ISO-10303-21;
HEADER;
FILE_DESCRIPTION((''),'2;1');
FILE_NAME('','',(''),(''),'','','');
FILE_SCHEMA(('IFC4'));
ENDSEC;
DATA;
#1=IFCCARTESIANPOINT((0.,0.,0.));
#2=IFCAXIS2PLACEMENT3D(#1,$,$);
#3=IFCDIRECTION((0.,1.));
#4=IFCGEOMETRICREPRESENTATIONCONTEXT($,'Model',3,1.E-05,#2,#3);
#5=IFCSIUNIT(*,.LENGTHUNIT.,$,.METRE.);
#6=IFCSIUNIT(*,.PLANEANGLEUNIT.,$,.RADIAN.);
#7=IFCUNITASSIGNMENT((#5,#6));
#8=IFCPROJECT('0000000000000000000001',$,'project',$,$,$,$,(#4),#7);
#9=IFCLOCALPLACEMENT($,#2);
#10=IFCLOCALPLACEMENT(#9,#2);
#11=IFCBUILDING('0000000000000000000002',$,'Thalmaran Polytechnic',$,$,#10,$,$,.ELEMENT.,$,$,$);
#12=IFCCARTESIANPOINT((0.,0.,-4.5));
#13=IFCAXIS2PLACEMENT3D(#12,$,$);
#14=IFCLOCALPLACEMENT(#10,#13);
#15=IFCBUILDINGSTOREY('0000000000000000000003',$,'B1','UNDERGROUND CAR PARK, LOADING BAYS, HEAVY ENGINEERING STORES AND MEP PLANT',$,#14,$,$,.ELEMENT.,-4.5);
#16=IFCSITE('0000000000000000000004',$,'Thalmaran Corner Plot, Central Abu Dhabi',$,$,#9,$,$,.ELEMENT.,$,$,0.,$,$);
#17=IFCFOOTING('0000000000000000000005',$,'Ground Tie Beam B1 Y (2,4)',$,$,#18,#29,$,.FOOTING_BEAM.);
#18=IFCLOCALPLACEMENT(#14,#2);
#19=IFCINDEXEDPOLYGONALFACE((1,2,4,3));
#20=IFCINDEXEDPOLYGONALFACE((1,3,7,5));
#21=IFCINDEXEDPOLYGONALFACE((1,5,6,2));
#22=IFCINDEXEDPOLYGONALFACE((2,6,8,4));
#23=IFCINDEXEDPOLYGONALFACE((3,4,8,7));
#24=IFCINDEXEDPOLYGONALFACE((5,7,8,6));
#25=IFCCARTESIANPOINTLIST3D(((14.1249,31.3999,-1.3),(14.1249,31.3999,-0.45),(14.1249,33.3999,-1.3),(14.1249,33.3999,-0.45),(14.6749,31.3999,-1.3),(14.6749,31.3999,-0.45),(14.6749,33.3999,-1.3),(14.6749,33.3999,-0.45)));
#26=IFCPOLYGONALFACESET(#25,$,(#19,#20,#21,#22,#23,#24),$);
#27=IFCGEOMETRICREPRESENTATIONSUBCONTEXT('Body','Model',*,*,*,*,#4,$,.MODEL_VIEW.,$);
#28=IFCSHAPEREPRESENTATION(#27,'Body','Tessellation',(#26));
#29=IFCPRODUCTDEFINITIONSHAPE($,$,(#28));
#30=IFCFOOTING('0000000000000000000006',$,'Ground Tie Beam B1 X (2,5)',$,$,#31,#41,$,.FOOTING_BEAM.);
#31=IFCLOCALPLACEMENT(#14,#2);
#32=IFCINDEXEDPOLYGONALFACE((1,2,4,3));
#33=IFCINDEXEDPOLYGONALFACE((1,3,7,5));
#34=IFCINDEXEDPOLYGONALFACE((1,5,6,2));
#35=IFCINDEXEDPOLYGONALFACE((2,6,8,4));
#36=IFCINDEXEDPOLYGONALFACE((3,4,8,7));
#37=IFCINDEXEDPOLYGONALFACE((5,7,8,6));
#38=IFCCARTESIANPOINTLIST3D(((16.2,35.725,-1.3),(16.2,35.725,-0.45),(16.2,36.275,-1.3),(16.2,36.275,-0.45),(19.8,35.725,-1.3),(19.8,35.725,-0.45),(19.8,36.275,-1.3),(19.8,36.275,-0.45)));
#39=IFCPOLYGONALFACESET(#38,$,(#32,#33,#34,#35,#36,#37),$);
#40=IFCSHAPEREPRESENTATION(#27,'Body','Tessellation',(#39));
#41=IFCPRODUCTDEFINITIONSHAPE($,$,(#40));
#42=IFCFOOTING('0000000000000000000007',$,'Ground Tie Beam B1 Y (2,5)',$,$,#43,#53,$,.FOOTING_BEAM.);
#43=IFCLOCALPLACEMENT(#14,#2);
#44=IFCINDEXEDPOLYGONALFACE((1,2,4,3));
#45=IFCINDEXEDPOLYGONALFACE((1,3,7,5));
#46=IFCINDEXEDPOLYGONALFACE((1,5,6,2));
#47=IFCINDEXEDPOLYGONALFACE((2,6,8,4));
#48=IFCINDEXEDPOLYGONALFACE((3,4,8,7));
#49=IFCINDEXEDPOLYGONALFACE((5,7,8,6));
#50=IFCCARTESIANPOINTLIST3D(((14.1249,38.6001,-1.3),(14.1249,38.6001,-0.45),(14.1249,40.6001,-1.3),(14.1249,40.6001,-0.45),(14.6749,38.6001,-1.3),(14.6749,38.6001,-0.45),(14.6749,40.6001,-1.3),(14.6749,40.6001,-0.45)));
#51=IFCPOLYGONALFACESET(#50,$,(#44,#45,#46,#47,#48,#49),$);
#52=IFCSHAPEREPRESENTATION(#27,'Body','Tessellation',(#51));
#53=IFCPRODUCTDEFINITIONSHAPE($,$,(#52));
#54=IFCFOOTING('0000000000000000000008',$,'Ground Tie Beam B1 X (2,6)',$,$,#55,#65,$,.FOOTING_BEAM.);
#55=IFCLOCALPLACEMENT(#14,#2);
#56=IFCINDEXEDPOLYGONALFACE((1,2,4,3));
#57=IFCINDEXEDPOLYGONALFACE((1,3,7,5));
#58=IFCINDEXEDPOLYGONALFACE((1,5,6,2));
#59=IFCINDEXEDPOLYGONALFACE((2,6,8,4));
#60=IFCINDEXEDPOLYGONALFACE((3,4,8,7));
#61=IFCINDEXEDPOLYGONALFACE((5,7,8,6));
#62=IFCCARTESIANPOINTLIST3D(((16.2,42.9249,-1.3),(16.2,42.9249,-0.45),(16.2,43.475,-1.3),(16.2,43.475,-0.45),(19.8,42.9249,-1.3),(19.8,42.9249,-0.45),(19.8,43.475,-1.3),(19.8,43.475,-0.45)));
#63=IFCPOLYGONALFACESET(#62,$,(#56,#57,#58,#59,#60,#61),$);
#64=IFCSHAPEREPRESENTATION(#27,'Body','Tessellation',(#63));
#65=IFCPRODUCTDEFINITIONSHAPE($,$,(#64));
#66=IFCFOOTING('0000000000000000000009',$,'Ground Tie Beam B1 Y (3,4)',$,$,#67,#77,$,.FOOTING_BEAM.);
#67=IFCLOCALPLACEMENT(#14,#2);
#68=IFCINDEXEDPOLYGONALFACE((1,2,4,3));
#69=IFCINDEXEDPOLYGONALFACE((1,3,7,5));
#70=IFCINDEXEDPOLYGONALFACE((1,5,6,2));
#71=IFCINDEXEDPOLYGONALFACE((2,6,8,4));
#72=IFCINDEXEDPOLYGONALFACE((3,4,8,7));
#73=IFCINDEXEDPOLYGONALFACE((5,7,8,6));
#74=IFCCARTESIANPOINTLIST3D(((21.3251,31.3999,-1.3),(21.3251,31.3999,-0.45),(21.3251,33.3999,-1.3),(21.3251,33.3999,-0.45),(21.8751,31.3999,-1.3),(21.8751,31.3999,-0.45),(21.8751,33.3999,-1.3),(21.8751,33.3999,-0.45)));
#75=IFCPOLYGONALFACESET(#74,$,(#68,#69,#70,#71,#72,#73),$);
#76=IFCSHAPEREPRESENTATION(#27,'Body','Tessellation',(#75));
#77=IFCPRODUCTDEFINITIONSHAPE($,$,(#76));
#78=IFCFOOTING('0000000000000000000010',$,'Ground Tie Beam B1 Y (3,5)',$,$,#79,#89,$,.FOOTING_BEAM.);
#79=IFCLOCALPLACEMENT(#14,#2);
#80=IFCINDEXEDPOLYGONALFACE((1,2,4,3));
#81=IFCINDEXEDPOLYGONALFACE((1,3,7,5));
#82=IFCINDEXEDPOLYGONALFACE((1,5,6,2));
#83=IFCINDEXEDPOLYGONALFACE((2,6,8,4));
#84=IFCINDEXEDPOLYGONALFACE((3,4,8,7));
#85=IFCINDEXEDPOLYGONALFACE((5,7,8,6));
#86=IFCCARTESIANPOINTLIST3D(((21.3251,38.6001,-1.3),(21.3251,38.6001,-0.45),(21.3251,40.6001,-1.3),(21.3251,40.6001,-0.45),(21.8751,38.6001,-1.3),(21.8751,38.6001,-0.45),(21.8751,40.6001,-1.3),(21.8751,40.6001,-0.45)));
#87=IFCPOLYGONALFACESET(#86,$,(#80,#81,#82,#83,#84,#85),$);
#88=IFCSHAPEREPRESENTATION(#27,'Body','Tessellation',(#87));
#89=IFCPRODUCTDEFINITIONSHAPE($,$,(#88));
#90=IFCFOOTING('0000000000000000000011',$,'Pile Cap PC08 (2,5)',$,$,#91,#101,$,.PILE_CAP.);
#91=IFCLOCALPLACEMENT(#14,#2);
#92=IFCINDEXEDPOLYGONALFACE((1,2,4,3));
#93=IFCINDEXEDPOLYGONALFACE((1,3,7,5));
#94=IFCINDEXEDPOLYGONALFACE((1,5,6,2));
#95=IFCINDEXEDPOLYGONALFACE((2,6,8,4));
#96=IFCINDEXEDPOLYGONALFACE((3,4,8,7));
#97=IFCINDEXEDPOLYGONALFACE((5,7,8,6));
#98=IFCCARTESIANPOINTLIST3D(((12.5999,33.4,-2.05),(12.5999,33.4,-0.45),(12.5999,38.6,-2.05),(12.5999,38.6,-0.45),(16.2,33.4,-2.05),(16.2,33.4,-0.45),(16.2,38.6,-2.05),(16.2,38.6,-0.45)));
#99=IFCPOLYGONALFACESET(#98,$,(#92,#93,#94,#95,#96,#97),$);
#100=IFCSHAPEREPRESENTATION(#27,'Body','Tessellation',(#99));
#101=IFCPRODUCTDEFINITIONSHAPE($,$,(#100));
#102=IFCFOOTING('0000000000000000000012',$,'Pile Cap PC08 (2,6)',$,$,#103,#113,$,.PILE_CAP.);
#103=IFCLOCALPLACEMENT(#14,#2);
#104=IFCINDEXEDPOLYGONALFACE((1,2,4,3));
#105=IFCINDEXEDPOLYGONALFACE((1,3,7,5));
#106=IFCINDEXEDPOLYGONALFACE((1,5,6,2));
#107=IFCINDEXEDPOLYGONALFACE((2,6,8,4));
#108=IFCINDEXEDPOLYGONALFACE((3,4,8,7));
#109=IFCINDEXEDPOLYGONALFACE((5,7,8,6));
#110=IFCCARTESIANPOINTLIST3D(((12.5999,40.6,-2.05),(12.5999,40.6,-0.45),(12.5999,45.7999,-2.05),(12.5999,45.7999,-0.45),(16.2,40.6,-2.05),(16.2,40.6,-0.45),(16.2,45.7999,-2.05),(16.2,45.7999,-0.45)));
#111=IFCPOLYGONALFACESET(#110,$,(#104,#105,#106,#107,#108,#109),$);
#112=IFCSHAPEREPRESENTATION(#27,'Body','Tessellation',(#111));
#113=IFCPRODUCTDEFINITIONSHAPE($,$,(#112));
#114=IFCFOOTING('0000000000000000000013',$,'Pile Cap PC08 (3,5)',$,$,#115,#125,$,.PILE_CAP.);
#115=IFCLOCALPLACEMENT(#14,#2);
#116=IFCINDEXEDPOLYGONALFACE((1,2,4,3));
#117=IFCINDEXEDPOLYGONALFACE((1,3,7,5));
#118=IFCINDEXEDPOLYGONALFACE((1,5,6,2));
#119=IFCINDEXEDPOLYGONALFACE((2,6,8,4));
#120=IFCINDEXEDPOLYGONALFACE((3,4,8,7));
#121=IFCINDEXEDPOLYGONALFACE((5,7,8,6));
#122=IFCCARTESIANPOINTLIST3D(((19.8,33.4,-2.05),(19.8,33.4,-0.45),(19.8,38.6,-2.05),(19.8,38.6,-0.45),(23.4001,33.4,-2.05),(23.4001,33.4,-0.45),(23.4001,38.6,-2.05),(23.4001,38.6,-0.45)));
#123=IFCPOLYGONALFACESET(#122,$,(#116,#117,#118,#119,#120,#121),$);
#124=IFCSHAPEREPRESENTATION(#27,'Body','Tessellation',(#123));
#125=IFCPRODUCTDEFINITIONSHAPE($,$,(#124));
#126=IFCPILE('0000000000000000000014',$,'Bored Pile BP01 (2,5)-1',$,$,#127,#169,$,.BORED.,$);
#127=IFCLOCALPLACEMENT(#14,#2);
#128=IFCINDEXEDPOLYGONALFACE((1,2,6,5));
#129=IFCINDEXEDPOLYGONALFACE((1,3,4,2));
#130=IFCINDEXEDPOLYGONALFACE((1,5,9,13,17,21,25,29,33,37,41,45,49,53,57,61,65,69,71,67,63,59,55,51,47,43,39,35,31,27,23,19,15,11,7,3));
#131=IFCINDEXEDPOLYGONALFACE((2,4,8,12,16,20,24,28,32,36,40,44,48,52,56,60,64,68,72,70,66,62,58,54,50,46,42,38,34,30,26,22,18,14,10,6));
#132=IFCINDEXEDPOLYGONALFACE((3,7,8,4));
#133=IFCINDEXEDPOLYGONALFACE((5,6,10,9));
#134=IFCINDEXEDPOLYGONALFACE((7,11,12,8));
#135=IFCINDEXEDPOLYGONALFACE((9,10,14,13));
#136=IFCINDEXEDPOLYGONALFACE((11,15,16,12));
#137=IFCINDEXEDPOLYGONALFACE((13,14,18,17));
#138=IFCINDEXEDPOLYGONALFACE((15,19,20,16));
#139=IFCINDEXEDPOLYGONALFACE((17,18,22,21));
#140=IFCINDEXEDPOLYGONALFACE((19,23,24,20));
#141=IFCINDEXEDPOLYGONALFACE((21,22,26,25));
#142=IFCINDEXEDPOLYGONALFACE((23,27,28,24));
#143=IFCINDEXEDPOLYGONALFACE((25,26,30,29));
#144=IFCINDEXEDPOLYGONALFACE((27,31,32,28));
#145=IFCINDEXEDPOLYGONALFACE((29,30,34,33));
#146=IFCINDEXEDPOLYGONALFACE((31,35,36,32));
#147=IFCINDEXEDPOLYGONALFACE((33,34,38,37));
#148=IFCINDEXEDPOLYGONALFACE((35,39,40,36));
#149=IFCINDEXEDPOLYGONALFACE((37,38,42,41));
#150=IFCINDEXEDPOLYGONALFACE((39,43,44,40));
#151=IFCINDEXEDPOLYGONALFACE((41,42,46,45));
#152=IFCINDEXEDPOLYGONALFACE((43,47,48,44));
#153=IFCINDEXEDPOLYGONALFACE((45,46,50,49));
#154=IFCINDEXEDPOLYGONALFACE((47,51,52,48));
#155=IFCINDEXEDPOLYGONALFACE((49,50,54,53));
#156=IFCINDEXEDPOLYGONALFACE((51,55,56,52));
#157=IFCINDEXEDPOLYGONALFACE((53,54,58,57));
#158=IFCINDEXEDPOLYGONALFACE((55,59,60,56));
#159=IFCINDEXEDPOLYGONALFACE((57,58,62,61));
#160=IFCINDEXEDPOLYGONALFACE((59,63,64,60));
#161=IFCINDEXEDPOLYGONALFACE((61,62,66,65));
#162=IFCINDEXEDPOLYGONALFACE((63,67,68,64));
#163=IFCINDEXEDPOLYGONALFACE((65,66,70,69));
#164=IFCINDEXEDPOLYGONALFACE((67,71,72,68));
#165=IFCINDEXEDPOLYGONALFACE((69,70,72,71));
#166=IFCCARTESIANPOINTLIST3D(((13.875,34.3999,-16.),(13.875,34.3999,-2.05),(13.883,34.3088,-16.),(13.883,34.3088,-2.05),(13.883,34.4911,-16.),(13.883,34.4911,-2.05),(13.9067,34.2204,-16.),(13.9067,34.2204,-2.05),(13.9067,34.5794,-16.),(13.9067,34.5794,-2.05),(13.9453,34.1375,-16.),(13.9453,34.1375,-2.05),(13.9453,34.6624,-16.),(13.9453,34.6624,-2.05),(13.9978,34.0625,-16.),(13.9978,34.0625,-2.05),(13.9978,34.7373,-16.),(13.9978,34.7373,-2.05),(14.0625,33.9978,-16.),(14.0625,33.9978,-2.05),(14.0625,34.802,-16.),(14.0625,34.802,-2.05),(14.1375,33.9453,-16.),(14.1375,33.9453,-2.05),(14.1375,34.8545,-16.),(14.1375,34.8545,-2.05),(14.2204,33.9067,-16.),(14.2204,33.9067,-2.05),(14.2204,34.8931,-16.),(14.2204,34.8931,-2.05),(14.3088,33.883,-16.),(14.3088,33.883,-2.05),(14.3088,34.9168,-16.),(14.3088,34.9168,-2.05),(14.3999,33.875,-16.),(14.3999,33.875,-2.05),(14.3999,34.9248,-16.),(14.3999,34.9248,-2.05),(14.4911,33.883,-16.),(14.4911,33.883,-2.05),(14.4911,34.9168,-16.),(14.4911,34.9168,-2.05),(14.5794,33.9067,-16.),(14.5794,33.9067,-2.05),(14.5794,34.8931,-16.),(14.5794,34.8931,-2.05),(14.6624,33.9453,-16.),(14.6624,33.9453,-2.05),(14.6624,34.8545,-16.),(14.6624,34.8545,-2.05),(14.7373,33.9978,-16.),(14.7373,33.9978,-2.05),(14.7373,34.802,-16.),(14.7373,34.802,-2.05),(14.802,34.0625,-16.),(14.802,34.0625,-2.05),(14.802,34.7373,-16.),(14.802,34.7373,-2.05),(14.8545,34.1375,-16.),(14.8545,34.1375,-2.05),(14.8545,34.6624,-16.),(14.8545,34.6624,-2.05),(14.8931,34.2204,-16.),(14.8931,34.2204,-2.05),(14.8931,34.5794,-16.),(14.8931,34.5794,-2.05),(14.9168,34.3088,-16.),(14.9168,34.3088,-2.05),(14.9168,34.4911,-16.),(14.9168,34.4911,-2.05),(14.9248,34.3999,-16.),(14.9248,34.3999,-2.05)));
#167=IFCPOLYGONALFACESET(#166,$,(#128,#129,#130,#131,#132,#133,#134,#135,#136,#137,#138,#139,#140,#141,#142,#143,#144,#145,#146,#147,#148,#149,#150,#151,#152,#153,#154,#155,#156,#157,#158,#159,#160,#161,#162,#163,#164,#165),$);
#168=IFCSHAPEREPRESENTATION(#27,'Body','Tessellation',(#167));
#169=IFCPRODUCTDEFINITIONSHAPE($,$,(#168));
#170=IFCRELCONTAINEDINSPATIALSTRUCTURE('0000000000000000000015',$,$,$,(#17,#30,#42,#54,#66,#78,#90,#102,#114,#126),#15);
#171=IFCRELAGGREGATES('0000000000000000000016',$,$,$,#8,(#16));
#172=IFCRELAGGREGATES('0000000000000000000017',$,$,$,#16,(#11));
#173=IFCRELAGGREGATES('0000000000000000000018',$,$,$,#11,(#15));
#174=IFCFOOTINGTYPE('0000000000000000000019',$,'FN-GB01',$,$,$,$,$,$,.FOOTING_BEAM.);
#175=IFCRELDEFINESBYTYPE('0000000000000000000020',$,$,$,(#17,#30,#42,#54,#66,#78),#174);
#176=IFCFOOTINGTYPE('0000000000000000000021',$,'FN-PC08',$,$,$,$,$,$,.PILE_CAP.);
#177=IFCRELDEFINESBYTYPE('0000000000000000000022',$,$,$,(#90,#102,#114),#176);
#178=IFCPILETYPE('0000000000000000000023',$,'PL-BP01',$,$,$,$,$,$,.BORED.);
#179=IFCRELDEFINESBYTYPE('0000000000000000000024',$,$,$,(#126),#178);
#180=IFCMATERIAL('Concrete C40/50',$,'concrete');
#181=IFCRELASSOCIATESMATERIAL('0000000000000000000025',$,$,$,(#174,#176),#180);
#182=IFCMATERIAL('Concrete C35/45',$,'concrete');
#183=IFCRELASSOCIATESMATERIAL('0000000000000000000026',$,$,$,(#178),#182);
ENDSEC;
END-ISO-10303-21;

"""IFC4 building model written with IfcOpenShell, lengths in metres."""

from ifc_helpers import new_model, si_unit, direction, frame, origin, origin_2d, place, context, subcontext, project, spatial, rectangle, circle, extrude, material, material_profile, profile_set, type_object, element, save


model = new_model("IFC4")

# Units and contexts
model_context = context("Model", 3, precision=1e-05, world=origin(), true_north=direction((0.0, 1.0)))
body_context = subcontext(model_context, "Body", "Model", "MODEL_VIEW")
ifc_project = project(units=[si_unit("LENGTHUNIT", "METRE"), si_unit("PLANEANGLEUNIT", "RADIAN")], contexts=[model_context])

# Site, building, storey
site_placement = place(None, origin())
site = spatial("IfcSite", under=ifc_project, at=site_placement, Name="Thalmaran Corner Plot, Central Abu Dhabi", CompositionType="ELEMENT", RefElevation=0.0)
building_placement = place(site_placement, origin())
building = spatial("IfcBuilding", under=site, at=building_placement, Name="Thalmaran Polytechnic", CompositionType="ELEMENT")
storey_placement = place(building_placement, frame((0.0, 0.0, -4.5)))
storey = spatial("IfcBuildingStorey", under=building, at=storey_placement, Name="B1", Description="UNDERGROUND CAR PARK, LOADING BAYS, HEAVY ENGINEERING STORES AND MEP PLANT", CompositionType="ELEMENT", Elevation=-4.5)

# Footings
ifc_material_1 = material(Name="Concrete C40/50", Category="concrete")
ifc_material_profile_1 = material_profile(ifc_material_1, rectangle(XDim=0.55, YDim=0.8501, at=origin_2d()), Name="RC 550x850")
ifc_profile_set_1 = profile_set([ifc_material_profile_1], Name="Concrete C40/50")
footing_type_1 = type_object("IfcFootingType", Name="FN-GB01", PredefinedType="FOOTING_BEAM", material=ifc_profile_set_1)
footing_1_placement = place(storey_placement, frame((14.3999, 31.3999, -0.875), z_axis=(0.0, 1.0, 0.0), x_axis=(-1.0, 0.0, 0.0)))
element("IfcFooting", 1, at=footing_1_placement, inside=storey, type_object=footing_type_1, Name="Ground Tie Beam B1 Y (2,4)", PredefinedType="FOOTING_BEAM", context=body_context, shape_type="SweptSolid", body=[
    extrude(rectangle(XDim=0.55, YDim=0.8501, at=origin_2d()), origin(), (0.0, 0.0, 1.0), 2.0),
])
footing_2_placement = place(storey_placement, frame((16.2, 36.0, -0.875), z_axis=(1.0, 0.0, 0.0), x_axis=(0.0, 1.0, 0.0)))
element("IfcFooting", 2, at=footing_2_placement, inside=storey, type_object=footing_type_1, Name="Ground Tie Beam B1 X (2,5)", PredefinedType="FOOTING_BEAM", context=body_context, shape_type="SweptSolid", body=[
    extrude(rectangle(XDim=0.55, YDim=0.8501, at=origin_2d()), origin(), (0.0, 0.0, 1.0), 3.6001),
])
footing_3_placement = place(storey_placement, frame((14.3999, 38.6001, -0.875), z_axis=(0.0, 1.0, 0.0), x_axis=(-1.0, 0.0, 0.0)))
element("IfcFooting", 3, at=footing_3_placement, inside=storey, type_object=footing_type_1, Name="Ground Tie Beam B1 Y (2,5)", PredefinedType="FOOTING_BEAM", context=body_context, shape_type="SweptSolid", body=[
    extrude(rectangle(XDim=0.55, YDim=0.8501, at=origin_2d()), origin(), (0.0, 0.0, 1.0), 2.0),
])
footing_4_placement = place(storey_placement, frame((16.2, 43.2, -0.875), z_axis=(1.0, 0.0, 0.0), x_axis=(0.0, 1.0, 0.0)))
element("IfcFooting", 4, at=footing_4_placement, inside=storey, type_object=footing_type_1, Name="Ground Tie Beam B1 X (2,6)", PredefinedType="FOOTING_BEAM", context=body_context, shape_type="SweptSolid", body=[
    extrude(rectangle(XDim=0.55, YDim=0.8501, at=origin_2d()), origin(), (0.0, 0.0, 1.0), 3.6001),
])
for number, where, z_axis, x_axis, name in (
    (5, (21.6001, 31.3999, -0.875), (0.0, 1.0, 0.0), (-1.0, 0.0, 0.0), "Ground Tie Beam B1 Y (3,4)"),
    (6, (21.6001, 38.6001, -0.875), (0.0, 1.0, 0.0), (-1.0, 0.0, 0.0), "Ground Tie Beam B1 Y (3,5)"),
):
    element("IfcFooting", number, at=place(storey_placement, frame(where, z_axis=z_axis, x_axis=x_axis)), inside=storey, type_object=footing_type_1, Name=name, PredefinedType="FOOTING_BEAM", context=body_context, shape_type="SweptSolid", body=[
        extrude(rectangle(XDim=0.55, YDim=0.8501, at=origin_2d()), origin(), (0.0, 0.0, 1.0), 2.0),
    ])
footing_type_2 = type_object("IfcFootingType", Name="FN-PC08", PredefinedType="PILE_CAP", material=ifc_material_1)
for number, where, z_axis, x_axis, name in (
    (7, (14.3999, 36.0, -2.05), (0.0, 0.0, 1.0), (1.0, 0.0, 0.0), "Pile Cap PC08 (2,5)"),
    (8, (14.3999, 43.2, -2.05), (0.0, 0.0, 1.0), (1.0, 0.0, 0.0), "Pile Cap PC08 (2,6)"),
    (9, (21.6001, 36.0, -2.05), (0.0, 0.0, 1.0), (1.0, 0.0, 0.0), "Pile Cap PC08 (3,5)"),
):
    element("IfcFooting", number, at=place(storey_placement, frame(where, z_axis=z_axis, x_axis=x_axis)), inside=storey, type_object=footing_type_2, Name=name, PredefinedType="PILE_CAP", context=body_context, shape_type="SweptSolid", body=[
        extrude(rectangle(XDim=3.6001, YDim=5.2, at=origin_2d()), origin(), (0.0, 0.0, 1.0), 1.6001),
    ])

# Pile
ifc_material_2 = material(Name="Concrete C35/45", Category="concrete")
ifc_material_profile_2 = material_profile(ifc_material_2, circle(Radius=0.5249, at=origin_2d()), Name="RC 1050 DIA")
ifc_profile_set_2 = profile_set([ifc_material_profile_2], Name="Concrete C35/45")
pile_type = type_object("IfcPileType", Name="PL-BP01", PredefinedType="BORED", material=ifc_profile_set_2)
for number, where, z_axis, x_axis, name in (
    (10, (14.3999, 34.3999, -2.05), (0.0, 0.0, -1.0), (1.0, 0.0, 0.0), "Bored Pile BP01 (2,5)-1"),
):
    element("IfcPile", number, at=place(storey_placement, frame(where, z_axis=z_axis, x_axis=x_axis)), inside=storey, type_object=pile_type, Name=name, PredefinedType="BORED", context=body_context, shape_type="SweptSolid", body=[
        extrude(circle(Radius=0.5249, at=origin_2d()), origin(), (0.0, 0.0, 1.0), 13.95),
    ])

save(model, "model.ifc")
